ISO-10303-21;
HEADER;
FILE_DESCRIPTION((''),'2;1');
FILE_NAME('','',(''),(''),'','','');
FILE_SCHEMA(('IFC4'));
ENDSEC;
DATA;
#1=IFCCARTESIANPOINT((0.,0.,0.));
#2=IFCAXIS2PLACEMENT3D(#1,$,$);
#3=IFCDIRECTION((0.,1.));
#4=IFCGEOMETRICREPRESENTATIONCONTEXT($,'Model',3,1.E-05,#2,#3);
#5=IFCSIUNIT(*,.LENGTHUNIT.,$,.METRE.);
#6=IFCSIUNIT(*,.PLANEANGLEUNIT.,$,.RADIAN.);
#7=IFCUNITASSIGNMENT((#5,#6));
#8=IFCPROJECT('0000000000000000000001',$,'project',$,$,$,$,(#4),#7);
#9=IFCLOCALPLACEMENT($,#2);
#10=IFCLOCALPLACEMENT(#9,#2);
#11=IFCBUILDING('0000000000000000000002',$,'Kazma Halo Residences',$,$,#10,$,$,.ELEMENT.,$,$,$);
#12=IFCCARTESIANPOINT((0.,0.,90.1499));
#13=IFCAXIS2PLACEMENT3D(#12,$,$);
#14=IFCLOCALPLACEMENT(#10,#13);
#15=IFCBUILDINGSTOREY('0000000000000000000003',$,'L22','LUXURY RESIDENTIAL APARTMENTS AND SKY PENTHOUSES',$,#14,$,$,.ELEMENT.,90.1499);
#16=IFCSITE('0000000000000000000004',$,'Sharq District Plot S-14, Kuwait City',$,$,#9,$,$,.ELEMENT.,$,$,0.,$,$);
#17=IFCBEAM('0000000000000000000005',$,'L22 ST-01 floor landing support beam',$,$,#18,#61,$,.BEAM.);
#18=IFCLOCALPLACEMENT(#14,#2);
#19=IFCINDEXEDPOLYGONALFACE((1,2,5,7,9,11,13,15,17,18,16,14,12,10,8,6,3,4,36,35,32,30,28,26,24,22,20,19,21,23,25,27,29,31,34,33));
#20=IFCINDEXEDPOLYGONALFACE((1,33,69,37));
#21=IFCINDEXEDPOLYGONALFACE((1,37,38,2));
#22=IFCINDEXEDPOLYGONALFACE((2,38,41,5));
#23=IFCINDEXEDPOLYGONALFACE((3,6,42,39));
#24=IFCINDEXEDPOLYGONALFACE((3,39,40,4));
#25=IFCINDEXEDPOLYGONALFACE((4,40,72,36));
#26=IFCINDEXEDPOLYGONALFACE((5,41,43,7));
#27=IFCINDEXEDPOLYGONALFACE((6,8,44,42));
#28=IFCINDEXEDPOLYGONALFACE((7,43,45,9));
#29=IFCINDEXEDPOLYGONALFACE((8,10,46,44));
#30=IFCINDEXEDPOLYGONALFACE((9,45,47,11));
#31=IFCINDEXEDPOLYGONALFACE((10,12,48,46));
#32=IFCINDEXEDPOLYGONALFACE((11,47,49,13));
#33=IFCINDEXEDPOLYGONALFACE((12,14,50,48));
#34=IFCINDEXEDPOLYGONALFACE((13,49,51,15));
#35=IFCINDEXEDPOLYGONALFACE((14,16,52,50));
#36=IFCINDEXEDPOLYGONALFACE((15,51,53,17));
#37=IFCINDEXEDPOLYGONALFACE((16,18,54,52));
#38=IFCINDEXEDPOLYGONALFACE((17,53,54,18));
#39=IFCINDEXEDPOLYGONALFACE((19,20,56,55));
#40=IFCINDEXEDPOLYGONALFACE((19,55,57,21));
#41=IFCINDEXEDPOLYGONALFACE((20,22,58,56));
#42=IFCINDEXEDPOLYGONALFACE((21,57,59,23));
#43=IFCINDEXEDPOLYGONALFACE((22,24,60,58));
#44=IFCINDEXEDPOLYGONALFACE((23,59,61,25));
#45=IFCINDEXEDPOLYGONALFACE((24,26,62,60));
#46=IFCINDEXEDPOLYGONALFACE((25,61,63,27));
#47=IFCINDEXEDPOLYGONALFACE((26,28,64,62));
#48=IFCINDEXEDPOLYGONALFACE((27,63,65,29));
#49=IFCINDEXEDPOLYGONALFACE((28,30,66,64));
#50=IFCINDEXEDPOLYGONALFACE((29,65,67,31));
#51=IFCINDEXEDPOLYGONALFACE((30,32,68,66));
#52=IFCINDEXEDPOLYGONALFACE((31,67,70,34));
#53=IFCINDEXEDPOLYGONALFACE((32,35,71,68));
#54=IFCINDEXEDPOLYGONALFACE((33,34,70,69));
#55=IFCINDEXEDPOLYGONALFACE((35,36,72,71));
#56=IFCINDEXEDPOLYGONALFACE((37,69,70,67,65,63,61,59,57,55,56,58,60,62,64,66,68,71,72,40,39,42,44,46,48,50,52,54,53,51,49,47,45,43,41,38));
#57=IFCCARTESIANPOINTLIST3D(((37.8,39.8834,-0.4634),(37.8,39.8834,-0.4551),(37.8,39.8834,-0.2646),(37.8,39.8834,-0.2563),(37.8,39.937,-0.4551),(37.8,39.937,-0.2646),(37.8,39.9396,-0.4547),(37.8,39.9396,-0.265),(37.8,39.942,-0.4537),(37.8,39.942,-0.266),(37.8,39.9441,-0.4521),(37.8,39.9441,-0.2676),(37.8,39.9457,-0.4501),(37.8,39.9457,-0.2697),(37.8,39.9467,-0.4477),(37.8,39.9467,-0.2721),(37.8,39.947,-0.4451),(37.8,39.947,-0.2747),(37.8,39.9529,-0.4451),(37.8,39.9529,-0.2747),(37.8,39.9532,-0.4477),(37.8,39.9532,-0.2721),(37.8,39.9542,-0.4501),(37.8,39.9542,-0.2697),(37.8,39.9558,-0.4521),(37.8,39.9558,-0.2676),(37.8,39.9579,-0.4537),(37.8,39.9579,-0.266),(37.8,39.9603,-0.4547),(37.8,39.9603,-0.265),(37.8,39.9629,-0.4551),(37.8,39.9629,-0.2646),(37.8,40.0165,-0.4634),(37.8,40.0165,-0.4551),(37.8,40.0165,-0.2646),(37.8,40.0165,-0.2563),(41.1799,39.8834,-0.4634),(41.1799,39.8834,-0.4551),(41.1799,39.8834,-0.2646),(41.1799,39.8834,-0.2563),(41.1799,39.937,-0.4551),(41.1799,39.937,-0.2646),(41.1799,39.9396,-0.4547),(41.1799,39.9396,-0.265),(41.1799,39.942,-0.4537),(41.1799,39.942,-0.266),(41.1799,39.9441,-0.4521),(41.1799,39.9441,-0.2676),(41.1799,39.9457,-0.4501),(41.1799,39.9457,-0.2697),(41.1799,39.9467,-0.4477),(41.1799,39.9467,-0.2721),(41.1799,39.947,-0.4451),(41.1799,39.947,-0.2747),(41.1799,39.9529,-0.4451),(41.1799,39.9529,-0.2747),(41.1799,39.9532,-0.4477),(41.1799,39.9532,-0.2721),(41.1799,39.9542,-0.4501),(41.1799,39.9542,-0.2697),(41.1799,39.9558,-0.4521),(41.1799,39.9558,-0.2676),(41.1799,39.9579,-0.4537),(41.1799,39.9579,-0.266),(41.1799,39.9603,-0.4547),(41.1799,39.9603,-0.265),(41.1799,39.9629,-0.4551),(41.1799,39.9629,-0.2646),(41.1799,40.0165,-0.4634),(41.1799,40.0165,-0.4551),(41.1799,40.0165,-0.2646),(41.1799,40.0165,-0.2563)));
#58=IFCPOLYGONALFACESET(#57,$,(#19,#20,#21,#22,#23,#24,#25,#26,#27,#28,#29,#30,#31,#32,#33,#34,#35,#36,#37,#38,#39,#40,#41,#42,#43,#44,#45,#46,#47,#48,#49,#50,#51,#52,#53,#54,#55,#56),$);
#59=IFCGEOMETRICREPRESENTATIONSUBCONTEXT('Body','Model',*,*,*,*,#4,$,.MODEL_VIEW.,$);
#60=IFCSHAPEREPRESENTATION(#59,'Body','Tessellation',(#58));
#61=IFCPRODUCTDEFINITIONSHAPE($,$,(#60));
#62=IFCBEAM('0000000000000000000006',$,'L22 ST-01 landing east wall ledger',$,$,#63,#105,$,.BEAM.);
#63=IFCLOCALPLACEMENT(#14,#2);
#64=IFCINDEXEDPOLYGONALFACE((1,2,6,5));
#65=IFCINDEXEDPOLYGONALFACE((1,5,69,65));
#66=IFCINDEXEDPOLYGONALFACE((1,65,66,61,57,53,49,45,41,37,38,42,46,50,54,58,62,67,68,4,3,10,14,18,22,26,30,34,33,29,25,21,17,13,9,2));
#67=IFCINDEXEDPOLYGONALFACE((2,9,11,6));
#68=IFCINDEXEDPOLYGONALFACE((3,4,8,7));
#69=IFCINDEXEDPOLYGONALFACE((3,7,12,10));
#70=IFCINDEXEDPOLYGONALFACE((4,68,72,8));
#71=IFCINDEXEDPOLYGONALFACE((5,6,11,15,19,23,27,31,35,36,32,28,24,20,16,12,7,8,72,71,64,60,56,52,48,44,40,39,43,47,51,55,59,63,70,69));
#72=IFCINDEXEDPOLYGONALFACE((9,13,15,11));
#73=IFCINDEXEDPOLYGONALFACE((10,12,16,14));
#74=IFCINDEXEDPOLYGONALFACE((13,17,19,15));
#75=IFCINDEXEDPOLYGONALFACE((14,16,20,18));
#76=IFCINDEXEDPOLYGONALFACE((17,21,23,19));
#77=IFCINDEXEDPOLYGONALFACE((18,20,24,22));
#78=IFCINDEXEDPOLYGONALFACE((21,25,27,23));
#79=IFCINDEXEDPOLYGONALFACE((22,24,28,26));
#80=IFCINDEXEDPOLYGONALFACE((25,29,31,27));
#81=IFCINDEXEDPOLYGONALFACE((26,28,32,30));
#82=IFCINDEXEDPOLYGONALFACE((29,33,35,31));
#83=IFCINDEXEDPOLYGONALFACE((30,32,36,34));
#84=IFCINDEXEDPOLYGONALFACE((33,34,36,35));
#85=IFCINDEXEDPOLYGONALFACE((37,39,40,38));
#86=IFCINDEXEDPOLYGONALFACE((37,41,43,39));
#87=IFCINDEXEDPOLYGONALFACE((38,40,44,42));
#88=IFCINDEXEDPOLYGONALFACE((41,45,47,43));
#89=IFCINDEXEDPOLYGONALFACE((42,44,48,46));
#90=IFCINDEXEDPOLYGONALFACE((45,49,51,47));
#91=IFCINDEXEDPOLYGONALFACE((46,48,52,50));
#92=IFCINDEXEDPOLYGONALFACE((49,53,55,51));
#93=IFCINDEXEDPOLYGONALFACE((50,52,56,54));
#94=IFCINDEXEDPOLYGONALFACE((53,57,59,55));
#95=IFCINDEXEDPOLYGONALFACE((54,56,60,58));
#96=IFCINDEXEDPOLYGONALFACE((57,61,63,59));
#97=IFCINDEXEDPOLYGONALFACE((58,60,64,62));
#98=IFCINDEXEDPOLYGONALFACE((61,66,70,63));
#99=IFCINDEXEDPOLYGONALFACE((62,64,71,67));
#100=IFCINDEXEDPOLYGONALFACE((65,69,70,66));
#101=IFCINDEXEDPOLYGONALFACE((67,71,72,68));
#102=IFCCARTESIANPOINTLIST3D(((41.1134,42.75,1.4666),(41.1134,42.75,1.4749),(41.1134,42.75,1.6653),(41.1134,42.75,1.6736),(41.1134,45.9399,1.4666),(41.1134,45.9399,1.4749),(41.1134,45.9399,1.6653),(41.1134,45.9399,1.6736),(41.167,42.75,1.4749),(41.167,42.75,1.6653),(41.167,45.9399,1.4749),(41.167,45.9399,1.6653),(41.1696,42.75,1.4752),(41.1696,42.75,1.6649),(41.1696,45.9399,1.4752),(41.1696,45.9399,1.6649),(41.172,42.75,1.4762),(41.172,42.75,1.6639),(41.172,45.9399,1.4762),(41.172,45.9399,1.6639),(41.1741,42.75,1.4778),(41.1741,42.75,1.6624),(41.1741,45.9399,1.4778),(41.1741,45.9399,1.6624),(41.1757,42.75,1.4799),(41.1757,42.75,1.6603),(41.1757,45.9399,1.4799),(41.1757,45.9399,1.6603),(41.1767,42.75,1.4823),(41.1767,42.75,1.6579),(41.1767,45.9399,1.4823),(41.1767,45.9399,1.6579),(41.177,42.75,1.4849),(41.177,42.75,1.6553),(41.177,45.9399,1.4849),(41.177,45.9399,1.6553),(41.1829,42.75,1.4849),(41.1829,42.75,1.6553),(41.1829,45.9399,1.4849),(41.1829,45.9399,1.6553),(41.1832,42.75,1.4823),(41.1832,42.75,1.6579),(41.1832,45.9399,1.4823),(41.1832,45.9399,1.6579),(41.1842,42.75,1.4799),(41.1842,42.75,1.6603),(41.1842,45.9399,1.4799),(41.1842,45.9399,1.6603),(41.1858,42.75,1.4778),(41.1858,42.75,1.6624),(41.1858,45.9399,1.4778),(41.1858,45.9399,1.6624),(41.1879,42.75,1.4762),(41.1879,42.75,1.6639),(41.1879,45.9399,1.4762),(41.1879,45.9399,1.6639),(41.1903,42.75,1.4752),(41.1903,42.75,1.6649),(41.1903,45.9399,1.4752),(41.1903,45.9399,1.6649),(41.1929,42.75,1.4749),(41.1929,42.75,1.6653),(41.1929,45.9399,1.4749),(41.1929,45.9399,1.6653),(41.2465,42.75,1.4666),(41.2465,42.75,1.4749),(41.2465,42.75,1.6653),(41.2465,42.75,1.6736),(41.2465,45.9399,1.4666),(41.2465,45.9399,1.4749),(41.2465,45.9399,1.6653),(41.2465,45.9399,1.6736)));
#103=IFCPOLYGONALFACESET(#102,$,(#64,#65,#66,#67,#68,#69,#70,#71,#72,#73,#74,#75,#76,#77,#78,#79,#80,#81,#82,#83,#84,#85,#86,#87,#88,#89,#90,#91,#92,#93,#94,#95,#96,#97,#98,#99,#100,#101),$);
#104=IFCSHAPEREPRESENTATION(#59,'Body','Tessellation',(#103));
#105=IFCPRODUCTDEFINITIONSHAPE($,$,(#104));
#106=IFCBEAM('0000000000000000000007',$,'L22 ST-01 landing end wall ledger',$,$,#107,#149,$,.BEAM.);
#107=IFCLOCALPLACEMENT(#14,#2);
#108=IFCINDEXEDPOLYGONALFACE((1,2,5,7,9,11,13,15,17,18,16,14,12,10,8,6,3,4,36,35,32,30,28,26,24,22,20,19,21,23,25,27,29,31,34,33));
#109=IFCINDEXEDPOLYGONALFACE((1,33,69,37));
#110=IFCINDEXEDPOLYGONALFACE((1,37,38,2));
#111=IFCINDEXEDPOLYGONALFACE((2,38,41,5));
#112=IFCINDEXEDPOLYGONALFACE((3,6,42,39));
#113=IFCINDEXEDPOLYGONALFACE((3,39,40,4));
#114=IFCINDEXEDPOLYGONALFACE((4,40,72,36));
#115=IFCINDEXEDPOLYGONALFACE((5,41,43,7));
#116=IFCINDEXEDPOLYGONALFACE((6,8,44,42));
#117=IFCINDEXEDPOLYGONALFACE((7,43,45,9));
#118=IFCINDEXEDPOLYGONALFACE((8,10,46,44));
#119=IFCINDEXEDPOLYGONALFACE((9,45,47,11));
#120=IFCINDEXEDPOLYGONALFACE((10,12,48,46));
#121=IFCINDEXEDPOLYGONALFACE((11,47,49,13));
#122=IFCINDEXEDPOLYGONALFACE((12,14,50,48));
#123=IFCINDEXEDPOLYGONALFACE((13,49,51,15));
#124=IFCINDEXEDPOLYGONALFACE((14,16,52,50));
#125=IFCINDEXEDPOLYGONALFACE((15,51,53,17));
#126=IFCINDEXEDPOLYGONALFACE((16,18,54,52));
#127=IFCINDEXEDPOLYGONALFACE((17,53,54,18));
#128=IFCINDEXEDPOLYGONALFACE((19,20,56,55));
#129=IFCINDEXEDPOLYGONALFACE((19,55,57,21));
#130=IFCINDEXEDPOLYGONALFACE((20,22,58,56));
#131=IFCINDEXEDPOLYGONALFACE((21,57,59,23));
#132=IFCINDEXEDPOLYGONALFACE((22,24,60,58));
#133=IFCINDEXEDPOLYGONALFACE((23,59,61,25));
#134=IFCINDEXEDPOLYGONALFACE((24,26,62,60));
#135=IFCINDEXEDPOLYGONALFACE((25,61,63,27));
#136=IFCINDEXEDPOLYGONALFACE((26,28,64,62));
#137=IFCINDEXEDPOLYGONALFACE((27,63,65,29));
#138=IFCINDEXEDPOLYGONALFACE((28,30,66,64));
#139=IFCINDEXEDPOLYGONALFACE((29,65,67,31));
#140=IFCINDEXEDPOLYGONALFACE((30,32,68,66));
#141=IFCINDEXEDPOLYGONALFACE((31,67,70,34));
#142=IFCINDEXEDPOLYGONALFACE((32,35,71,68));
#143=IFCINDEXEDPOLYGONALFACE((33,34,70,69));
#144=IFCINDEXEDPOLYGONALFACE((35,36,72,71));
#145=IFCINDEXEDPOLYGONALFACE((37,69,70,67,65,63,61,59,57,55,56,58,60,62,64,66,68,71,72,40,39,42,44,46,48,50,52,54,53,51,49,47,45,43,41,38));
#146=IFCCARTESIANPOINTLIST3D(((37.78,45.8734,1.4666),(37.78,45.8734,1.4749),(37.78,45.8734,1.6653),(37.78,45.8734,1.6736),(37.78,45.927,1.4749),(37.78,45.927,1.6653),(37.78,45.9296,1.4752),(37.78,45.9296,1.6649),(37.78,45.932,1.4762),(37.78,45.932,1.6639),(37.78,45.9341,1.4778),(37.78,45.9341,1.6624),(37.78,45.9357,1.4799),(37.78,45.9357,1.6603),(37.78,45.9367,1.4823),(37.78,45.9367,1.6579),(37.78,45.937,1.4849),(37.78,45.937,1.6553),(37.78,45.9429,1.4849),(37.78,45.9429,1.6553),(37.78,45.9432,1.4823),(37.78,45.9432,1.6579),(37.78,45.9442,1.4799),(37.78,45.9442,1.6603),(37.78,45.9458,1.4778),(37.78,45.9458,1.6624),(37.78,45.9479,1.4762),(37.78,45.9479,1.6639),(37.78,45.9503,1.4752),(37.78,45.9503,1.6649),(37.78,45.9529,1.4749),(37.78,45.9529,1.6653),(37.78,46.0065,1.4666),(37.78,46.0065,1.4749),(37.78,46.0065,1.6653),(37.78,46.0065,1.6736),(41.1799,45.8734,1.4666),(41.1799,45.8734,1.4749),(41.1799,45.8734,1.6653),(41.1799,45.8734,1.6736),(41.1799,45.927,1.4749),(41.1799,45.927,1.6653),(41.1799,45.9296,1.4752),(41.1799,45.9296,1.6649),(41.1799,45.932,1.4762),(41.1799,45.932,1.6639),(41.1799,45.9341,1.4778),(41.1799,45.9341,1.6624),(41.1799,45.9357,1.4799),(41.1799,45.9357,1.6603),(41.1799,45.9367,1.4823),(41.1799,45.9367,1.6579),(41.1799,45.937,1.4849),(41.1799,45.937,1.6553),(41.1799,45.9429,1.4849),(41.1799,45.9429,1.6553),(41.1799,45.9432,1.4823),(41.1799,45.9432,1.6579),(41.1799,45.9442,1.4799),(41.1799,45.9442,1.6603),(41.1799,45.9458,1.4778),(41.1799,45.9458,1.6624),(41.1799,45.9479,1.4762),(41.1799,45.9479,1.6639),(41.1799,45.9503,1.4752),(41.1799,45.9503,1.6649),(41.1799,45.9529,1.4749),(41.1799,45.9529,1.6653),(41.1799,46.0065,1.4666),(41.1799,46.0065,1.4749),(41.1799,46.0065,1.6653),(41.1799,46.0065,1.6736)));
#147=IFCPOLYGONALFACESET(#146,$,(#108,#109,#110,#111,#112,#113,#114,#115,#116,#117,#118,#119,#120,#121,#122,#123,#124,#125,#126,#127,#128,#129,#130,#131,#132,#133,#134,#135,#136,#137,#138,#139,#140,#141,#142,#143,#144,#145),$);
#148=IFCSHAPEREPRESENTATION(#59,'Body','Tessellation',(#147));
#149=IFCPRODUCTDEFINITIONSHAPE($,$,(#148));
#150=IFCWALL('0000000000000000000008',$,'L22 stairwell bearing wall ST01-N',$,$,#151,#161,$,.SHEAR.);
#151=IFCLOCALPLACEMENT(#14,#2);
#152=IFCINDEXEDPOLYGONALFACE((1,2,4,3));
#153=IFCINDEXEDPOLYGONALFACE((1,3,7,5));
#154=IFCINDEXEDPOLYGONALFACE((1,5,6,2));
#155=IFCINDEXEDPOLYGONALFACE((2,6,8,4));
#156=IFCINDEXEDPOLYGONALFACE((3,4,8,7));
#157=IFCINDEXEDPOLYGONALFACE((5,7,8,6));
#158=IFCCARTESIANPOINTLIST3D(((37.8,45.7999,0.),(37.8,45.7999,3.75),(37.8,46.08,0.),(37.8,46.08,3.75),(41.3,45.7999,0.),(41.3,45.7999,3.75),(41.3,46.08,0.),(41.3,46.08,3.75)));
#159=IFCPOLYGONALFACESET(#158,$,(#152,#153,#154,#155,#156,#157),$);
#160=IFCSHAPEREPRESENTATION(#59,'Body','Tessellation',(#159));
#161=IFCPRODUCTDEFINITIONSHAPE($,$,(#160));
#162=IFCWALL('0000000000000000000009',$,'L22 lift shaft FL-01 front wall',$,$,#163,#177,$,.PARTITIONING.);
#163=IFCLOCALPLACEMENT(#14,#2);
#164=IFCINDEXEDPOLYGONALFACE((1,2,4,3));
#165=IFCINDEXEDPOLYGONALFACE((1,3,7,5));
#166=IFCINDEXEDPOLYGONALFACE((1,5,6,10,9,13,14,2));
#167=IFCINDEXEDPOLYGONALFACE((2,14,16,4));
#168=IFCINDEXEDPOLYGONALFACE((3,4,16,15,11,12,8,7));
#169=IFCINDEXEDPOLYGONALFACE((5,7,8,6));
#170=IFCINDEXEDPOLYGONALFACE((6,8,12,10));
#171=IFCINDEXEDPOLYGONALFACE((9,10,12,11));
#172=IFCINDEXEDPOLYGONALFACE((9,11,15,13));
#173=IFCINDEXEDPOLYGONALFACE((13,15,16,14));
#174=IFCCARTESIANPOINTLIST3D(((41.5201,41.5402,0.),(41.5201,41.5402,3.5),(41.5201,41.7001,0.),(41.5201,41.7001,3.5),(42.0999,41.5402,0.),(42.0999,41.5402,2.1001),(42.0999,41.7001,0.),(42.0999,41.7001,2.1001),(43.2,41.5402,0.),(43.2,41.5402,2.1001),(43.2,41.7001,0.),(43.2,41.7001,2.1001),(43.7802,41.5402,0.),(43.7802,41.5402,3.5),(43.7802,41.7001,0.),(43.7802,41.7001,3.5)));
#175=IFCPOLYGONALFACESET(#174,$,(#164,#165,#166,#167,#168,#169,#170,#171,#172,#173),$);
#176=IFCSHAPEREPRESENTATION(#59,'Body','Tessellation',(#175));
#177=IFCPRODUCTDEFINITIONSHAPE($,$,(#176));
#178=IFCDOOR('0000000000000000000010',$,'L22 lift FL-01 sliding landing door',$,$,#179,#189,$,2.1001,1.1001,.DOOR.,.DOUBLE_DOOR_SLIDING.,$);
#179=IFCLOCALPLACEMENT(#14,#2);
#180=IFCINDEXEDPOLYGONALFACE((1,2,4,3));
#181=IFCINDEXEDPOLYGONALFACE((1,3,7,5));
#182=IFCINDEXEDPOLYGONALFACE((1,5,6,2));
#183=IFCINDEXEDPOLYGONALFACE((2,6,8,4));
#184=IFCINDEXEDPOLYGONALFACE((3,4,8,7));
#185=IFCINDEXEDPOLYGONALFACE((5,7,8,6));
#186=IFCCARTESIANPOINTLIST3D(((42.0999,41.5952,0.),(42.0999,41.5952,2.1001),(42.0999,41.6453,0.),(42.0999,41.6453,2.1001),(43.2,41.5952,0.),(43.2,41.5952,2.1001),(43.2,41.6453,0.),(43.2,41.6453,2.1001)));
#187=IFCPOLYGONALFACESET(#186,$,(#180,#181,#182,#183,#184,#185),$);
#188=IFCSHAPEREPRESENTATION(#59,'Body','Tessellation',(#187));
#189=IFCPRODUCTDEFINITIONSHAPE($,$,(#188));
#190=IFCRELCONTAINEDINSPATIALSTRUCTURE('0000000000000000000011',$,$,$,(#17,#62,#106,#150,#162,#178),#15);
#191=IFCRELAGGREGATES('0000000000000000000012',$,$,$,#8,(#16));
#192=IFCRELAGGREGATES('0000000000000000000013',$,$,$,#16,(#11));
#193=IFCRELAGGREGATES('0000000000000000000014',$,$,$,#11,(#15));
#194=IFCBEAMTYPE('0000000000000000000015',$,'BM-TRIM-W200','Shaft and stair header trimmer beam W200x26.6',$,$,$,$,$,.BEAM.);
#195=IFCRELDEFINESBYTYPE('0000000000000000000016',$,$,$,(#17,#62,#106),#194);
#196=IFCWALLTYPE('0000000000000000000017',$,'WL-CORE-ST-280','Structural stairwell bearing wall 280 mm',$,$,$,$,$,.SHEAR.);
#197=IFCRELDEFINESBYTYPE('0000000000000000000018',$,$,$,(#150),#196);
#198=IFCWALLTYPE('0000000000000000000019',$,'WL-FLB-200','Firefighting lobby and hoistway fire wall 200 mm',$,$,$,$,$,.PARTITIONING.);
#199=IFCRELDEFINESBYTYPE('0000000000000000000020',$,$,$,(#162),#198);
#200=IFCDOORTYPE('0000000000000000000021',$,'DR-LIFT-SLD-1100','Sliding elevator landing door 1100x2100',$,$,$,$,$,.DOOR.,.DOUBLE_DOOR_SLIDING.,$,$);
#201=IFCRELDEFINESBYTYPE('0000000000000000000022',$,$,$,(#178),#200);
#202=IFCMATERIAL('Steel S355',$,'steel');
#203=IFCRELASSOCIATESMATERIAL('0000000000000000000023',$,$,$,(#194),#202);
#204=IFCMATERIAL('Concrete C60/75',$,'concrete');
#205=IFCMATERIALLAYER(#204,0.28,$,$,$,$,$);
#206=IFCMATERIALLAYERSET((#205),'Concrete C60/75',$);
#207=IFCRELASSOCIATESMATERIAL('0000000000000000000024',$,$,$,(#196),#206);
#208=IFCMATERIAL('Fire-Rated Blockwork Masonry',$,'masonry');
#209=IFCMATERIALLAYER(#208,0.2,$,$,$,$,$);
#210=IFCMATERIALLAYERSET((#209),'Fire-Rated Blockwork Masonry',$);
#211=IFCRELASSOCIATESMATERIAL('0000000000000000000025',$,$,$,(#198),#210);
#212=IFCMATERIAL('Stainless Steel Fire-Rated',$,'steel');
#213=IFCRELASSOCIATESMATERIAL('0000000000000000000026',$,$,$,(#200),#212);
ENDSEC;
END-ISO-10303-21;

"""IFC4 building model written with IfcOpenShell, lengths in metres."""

from ifc_helpers import new_model, si_unit, direction, frame, frame_2d, origin, origin_2d, place, context, subcontext, project, spatial, rectangle, i_section, extrude, material, layer, layer_set, material_profile, profile_set, type_object, element, fill, save


model = new_model("IFC4")

# Units and contexts
model_context = context("Model", 3, precision=1e-05, world=origin(), true_north=direction((0.0, 1.0)))
body_context = subcontext(model_context, "Body", "Model", "MODEL_VIEW")
ifc_project = project(units=[si_unit("LENGTHUNIT", "METRE"), si_unit("PLANEANGLEUNIT", "RADIAN")], contexts=[model_context])

# Site, building, storey
site_placement = place(None, origin())
site = spatial("IfcSite", under=ifc_project, at=site_placement, Name="Sharq District Plot S-14, Kuwait City", CompositionType="ELEMENT", RefElevation=0.0)
building_placement = place(site_placement, origin())
building = spatial("IfcBuilding", under=site, at=building_placement, Name="Kazma Halo Residences", CompositionType="ELEMENT")
storey_placement = place(building_placement, frame((0.0, 0.0, 90.1499)))
storey = spatial("IfcBuildingStorey", under=building, at=storey_placement, Name="L22", Description="LUXURY RESIDENTIAL APARTMENTS AND SKY PENTHOUSES", CompositionType="ELEMENT", Elevation=90.1499)

# Shared definitions
ifc_material_1 = material(Name="Steel S355", Category="steel")

# Beams
ifc_material_profile_1 = material_profile(ifc_material_1, i_section(OverallWidth=0.1331, OverallDepth=0.207, WebThickness=0.0059, FlangeThickness=0.0083, FilletRadius=0.01, at=origin_2d()), Name="W200x26.6")
ifc_profile_set_1 = profile_set([ifc_material_profile_1], Name="Steel S355")
beam_type_1 = type_object("IfcBeamType", Name="BM-TRIM-W200", Description="Shaft and stair header trimmer beam W200x26.6", PredefinedType="BEAM", material=ifc_profile_set_1)
beam_1_placement = place(storey_placement, frame((37.8, 39.95, -0.3599), z_axis=(1.0, 0.0, 0.0), x_axis=(0.0, 1.0, 0.0)))
element("IfcBeam", 1, at=beam_1_placement, inside=storey, type_object=beam_type_1, Name="L22 ST-01 floor landing support beam", PredefinedType="BEAM", context=body_context, shape_type="SweptSolid", body=[
    extrude(i_section(OverallWidth=0.1331, OverallDepth=0.207, WebThickness=0.0059, FlangeThickness=0.0083, FilletRadius=0.01, at=origin_2d()), origin(), (0.0, 0.0, 1.0), 3.3799),
])
beam_2_placement = place(storey_placement, frame((41.1799, 42.75, 1.5701), z_axis=(0.0, 1.0, 0.0), x_axis=(-1.0, 0.0, 0.0)))
element("IfcBeam", 2, at=beam_2_placement, inside=storey, type_object=beam_type_1, Name="L22 ST-01 landing east wall ledger", PredefinedType="BEAM", context=body_context, shape_type="SweptSolid", body=[
    extrude(i_section(OverallWidth=0.1331, OverallDepth=0.207, WebThickness=0.0059, FlangeThickness=0.0083, FilletRadius=0.01, at=origin_2d()), origin(), (0.0, 0.0, 1.0), 3.1899),
])
beam_3_placement = place(storey_placement, frame((37.78, 45.9399, 1.5701), z_axis=(1.0, 0.0, 0.0), x_axis=(0.0, 1.0, 0.0)))
element("IfcBeam", 3, at=beam_3_placement, inside=storey, type_object=beam_type_1, Name="L22 ST-01 landing end wall ledger", PredefinedType="BEAM", context=body_context, shape_type="SweptSolid", body=[
    extrude(i_section(OverallWidth=0.1331, OverallDepth=0.207, WebThickness=0.0059, FlangeThickness=0.0083, FilletRadius=0.01, at=origin_2d()), origin(), (0.0, 0.0, 1.0), 3.3999),
])

# Wall
ifc_material_2 = material(Name="Concrete C60/75", Category="concrete")
ifc_layer_1 = layer(ifc_material_2, 0.28)
ifc_layer_set_1 = layer_set([ifc_layer_1], Name="Concrete C60/75")
wall_type_1 = type_object("IfcWallType", Name="WL-CORE-ST-280", Description="Structural stairwell bearing wall 280 mm", PredefinedType="SHEAR", material=ifc_layer_set_1)
wall_1_placement = place(storey_placement, frame((37.8, 45.9399, 0.0), z_axis=(0.0, 0.0, 1.0), x_axis=(1.0, 0.0, 0.0)))
element("IfcWall", 4, at=wall_1_placement, inside=storey, type_object=wall_type_1, Name="L22 stairwell bearing wall ST01-N", PredefinedType="SHEAR", context=body_context, shape_type="SweptSolid", body=[
    extrude(rectangle(XDim=3.5, YDim=0.28, at=frame_2d((1.75, 0.0))), origin(), (0.0, 0.0, 1.0), 3.75),
])

# Wall, opening, door
ifc_material_3 = material(Name="Fire-Rated Blockwork Masonry", Category="masonry")
ifc_layer_2 = layer(ifc_material_3, 0.2)
ifc_layer_set_2 = layer_set([ifc_layer_2], Name="Fire-Rated Blockwork Masonry")
wall_type_2 = type_object("IfcWallType", Name="WL-FLB-200", Description="Firefighting lobby and hoistway fire wall 200 mm", PredefinedType="PARTITIONING", material=ifc_layer_set_2)
wall_2_placement = place(storey_placement, frame((43.78, 41.6201, 0.0), z_axis=(0.0, 0.0, 1.0), x_axis=(-1.0, 0.0, 0.0)))
wall_2 = element("IfcWall", 5, at=wall_2_placement, inside=storey, type_object=wall_type_2, Name="L22 lift shaft FL-01 front wall", PredefinedType="PARTITIONING", context=body_context, shape_type="SweptSolid", body=[
    extrude(rectangle(XDim=2.26, YDim=0.1599, at=frame_2d((1.1299, 0.0))), origin(), (0.0, 0.0, 1.0), 3.5),
])
opening_1_placement = place(wall_2_placement, frame((0.5801, 0.0, 0.0)))
opening_1 = element("IfcOpeningElement", 6, at=opening_1_placement, cuts=wall_2, PredefinedType="OPENING", context=body_context, shape_type="SweptSolid", body=[
    extrude(rectangle(XDim=1.1001, YDim=2.1001, at=frame_2d((0.55, 1.05))), frame((0.0, 0.0898, 0.0), z_axis=(0.0, -1.0, 0.0), x_axis=(1.0, 0.0, 0.0)), (0.0, 0.0, 1.0), 0.1799),
])
ifc_material_4 = material(Name="Stainless Steel Fire-Rated", Category="steel")
door_type_1 = type_object("IfcDoorType", Name="DR-LIFT-SLD-1100", Description="Sliding elevator landing door 1100x2100", OperationType="DOUBLE_DOOR_SLIDING", PredefinedType="DOOR", material=ifc_material_4)
door_1_placement = place(opening_1_placement, origin())
door_1 = element("IfcDoor", 7, at=door_1_placement, inside=storey, type_object=door_type_1, Name="L22 lift FL-01 sliding landing door", OperationType="DOUBLE_DOOR_SLIDING", OverallHeight=2.1001, OverallWidth=1.1001, PredefinedType="DOOR", context=body_context, shape_type="SweptSolid", body=[
    extrude(rectangle(XDim=1.1001, YDim=2.1001, at=frame_2d((0.55, 1.05))), frame((0.0, 0.0249, 0.0), z_axis=(0.0, -1.0, 0.0), x_axis=(1.0, 0.0, 0.0)), (0.0, 0.0, 1.0), 0.05),
])
fill(opening_1, door_1)

save(model, "model.ifc")
